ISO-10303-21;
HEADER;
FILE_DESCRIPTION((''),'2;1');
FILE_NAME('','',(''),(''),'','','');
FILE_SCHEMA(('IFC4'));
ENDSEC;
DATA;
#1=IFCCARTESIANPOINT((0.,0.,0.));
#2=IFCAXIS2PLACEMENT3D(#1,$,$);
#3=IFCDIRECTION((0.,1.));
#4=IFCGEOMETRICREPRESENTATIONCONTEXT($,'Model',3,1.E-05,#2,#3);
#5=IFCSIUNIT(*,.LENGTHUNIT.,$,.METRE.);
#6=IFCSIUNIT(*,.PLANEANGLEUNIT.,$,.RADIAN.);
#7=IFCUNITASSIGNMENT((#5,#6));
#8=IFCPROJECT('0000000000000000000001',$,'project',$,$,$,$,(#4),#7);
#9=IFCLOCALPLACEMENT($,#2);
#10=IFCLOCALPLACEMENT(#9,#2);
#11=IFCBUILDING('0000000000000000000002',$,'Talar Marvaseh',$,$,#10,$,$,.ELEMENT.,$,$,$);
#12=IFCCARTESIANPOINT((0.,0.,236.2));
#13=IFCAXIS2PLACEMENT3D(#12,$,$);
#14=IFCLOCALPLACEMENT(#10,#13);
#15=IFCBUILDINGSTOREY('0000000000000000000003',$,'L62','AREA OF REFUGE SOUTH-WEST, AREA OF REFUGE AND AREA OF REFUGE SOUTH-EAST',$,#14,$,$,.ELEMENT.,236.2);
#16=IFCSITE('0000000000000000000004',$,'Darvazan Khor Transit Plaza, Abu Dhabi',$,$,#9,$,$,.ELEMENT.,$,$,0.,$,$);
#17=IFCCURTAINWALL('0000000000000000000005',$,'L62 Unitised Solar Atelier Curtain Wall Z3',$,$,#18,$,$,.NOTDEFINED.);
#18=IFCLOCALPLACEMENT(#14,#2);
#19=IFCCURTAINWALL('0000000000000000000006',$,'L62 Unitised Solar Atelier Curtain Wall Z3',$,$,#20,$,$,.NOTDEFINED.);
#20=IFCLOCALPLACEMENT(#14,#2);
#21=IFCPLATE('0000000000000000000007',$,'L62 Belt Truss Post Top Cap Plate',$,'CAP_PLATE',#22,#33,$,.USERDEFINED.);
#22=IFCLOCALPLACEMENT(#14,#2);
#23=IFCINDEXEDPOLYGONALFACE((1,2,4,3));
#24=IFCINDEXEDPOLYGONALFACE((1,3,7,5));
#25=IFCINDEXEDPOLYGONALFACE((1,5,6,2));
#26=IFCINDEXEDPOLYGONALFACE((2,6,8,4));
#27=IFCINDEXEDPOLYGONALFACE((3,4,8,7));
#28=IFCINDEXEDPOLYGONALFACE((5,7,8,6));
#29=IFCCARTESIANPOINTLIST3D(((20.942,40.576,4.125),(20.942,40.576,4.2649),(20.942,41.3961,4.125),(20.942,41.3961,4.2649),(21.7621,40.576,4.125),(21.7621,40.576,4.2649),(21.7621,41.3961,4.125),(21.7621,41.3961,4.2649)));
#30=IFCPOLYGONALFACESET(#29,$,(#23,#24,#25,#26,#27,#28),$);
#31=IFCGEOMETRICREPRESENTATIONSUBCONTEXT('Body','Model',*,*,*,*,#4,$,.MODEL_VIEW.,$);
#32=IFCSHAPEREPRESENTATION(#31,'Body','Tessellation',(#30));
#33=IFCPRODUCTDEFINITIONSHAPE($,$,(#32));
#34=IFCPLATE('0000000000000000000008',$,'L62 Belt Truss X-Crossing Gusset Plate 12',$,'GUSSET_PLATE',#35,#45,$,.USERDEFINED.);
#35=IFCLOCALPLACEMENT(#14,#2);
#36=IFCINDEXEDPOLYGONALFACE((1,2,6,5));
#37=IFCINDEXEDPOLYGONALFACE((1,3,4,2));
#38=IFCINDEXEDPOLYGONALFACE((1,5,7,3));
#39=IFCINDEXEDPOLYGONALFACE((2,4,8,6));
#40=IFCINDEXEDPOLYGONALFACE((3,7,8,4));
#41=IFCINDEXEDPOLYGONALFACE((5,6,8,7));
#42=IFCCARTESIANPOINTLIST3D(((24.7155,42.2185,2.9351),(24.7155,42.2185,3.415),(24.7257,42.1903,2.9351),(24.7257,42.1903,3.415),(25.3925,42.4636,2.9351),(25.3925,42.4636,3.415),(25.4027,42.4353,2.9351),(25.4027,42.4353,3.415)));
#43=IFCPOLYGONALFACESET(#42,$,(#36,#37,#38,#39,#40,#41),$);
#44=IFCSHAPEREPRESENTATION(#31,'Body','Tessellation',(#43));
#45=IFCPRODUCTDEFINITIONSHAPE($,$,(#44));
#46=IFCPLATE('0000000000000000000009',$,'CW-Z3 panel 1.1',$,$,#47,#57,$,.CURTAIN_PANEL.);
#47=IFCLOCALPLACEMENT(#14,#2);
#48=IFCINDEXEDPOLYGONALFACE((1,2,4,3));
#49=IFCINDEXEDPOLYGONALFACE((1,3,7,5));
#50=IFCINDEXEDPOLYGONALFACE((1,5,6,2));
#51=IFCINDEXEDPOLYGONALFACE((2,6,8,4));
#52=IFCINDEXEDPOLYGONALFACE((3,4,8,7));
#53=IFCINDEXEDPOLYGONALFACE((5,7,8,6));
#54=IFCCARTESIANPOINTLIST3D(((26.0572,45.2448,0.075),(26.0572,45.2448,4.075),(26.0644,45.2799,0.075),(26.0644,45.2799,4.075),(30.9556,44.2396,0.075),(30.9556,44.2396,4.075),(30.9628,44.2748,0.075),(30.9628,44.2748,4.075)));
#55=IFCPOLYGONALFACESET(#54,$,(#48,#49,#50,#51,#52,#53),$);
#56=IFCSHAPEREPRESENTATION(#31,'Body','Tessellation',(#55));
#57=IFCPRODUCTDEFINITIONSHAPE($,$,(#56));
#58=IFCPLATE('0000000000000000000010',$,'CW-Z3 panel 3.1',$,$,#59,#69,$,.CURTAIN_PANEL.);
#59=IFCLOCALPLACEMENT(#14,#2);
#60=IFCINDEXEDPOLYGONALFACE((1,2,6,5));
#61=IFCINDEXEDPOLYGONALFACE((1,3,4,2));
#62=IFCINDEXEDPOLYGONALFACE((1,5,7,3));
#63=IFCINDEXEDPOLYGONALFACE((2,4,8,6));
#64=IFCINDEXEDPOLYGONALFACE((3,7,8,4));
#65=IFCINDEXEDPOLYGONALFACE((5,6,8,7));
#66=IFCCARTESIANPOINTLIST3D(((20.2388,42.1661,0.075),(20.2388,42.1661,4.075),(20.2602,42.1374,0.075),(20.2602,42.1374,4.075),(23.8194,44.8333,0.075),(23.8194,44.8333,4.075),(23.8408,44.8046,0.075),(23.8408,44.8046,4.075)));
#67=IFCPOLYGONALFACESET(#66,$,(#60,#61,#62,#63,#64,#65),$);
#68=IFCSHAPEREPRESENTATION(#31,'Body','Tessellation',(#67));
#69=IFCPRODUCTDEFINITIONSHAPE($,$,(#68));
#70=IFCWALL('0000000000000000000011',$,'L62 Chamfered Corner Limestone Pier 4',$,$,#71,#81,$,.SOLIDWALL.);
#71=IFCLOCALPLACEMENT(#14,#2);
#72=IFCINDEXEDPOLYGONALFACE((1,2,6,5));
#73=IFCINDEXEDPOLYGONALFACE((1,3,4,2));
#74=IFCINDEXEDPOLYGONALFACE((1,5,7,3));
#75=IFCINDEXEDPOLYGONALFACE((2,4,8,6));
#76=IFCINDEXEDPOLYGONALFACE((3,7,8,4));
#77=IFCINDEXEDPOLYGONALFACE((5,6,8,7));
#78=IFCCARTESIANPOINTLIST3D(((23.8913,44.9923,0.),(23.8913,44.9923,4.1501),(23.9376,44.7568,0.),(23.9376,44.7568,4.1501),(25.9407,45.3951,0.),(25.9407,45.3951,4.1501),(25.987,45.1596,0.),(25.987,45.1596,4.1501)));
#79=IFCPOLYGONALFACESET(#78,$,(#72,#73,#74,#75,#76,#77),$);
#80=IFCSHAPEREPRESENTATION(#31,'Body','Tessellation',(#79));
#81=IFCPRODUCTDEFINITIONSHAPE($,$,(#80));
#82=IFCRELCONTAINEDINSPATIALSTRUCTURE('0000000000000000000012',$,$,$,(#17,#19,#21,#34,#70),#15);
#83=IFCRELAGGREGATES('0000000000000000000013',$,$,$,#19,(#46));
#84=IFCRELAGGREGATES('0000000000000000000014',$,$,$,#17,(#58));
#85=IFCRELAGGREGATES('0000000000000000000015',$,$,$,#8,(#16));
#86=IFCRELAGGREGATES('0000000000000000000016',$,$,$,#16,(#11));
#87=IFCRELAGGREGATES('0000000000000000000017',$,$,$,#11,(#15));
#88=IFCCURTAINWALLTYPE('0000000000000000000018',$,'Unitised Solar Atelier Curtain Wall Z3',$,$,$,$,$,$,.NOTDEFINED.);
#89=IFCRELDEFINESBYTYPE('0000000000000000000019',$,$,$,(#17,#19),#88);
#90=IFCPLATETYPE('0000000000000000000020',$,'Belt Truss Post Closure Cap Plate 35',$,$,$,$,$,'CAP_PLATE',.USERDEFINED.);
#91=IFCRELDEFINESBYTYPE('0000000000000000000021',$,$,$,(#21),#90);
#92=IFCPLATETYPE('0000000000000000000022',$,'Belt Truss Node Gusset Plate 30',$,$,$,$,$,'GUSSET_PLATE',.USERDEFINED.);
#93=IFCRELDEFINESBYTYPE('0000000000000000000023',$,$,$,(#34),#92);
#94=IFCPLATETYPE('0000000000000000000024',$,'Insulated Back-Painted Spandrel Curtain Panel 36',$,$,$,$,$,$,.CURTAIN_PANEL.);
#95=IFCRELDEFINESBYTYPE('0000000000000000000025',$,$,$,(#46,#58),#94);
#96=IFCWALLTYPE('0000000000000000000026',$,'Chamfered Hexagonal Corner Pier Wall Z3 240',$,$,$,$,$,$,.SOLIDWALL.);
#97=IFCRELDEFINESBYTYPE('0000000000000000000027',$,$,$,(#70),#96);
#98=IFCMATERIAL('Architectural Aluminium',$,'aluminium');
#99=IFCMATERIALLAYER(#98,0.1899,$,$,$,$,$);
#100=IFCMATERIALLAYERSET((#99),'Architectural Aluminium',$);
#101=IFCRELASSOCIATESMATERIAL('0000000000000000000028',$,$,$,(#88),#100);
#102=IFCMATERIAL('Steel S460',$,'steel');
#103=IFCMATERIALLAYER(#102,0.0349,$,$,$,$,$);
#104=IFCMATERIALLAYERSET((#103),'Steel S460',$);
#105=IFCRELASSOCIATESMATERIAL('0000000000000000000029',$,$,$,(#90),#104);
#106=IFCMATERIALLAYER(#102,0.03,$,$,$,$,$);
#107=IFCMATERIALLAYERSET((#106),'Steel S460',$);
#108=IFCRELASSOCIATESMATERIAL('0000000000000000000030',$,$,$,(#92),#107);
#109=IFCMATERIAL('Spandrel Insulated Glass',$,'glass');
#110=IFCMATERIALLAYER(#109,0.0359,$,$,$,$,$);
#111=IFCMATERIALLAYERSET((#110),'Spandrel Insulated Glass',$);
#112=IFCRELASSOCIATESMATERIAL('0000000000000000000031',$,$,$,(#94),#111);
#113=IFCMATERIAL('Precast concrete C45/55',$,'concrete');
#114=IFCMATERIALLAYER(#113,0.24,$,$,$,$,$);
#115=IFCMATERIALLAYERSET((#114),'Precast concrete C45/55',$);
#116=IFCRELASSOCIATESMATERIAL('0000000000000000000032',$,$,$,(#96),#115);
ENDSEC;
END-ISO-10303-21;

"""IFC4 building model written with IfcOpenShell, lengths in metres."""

from ifc_helpers import new_model, si_unit, direction, frame, frame_2d, origin, origin_2d, place, context, subcontext, project, spatial, rectangle, extrude, source, transform, mapped, material, layer, layer_set, type_object, type_shapes, element, aggregate, save


model = new_model("IFC4")

# Units and contexts
model_context = context("Model", 3, precision=1e-05, world=origin(), true_north=direction((0.0, 1.0)))
body_context = subcontext(model_context, "Body", "Model", "MODEL_VIEW")
ifc_project = project(units=[si_unit("LENGTHUNIT", "METRE"), si_unit("PLANEANGLEUNIT", "RADIAN")], contexts=[model_context])

# Site, building, storey
site_placement = place(None, origin())
site = spatial("IfcSite", under=ifc_project, at=site_placement, Name="Darvazan Khor Transit Plaza, Abu Dhabi", CompositionType="ELEMENT", RefElevation=0.0)
building_placement = place(site_placement, origin())
building = spatial("IfcBuilding", under=site, at=building_placement, Name="Talar Marvaseh", CompositionType="ELEMENT")
storey_placement = place(building_placement, frame((0.0, 0.0, 236.2)))
storey = spatial("IfcBuildingStorey", under=building, at=storey_placement, Name="L62", Description="AREA OF REFUGE SOUTH-WEST, AREA OF REFUGE AND AREA OF REFUGE SOUTH-EAST", CompositionType="ELEMENT", Elevation=236.2)

# Shared definitions
ifc_material_1 = material(Name="Steel S460", Category="steel")

# Curtain walls
ifc_material_2 = material(Name="Architectural Aluminium", Category="aluminium")
ifc_layer_1 = layer(ifc_material_2, 0.1899)
ifc_layer_set_1 = layer_set([ifc_layer_1], Name="Architectural Aluminium")
curtain_wall_type = type_object("IfcCurtainWallType", Name="Unitised Solar Atelier Curtain Wall Z3", PredefinedType="NOTDEFINED", material=ifc_layer_set_1)
curtain_wall_1_placement = place(storey_placement, origin())
curtain_wall_1 = element("IfcCurtainWall", 1, at=curtain_wall_1_placement, inside=storey, type_object=curtain_wall_type, Name="L62 Unitised Solar Atelier Curtain Wall Z3", PredefinedType="NOTDEFINED")
curtain_wall_2_placement = place(storey_placement, origin())
curtain_wall_2 = element("IfcCurtainWall", 2, at=curtain_wall_2_placement, inside=storey, type_object=curtain_wall_type, Name="L62 Unitised Solar Atelier Curtain Wall Z3", PredefinedType="NOTDEFINED")

# Plates
ifc_layer_2 = layer(ifc_material_1, 0.0349)
ifc_layer_set_2 = layer_set([ifc_layer_2], Name="Steel S460")
plate_type_1 = type_object("IfcPlateType", Name="Belt Truss Post Closure Cap Plate 35", ElementType="CAP_PLATE", PredefinedType="USERDEFINED", material=ifc_layer_set_2)
shared_shape_1 = source(origin(), body_context, "Body", "SweptSolid", [
    extrude(rectangle(XDim=0.8201, YDim=0.8201, at=origin_2d()), origin(), (0.0, 0.0, 1.0), 0.1399),
])
plate_1_placement = place(storey_placement, frame((21.3521, 40.9861, 4.125), z_axis=(0.0, 0.0, 1.0), x_axis=(1.0, 0.0, 0.0)))
element("IfcPlate", 3, at=plate_1_placement, inside=storey, type_object=plate_type_1, Name="L62 Belt Truss Post Top Cap Plate", ObjectType="CAP_PLATE", PredefinedType="USERDEFINED", context=body_context, shape_type="MappedRepresentation", body=[
    mapped(shared_shape_1, transform((0.0, 0.0, 0.0), x_axis=(1.0, 0.0, 0.0), y_axis=(0.0, 1.0, 0.0), z_axis=(0.0, 0.0, 1.0), scale=1.0)),
])
ifc_layer_3 = layer(ifc_material_1, 0.03)
ifc_layer_set_3 = layer_set([ifc_layer_3], Name="Steel S460")
plate_type_2 = type_object("IfcPlateType", Name="Belt Truss Node Gusset Plate 30", ElementType="GUSSET_PLATE", PredefinedType="USERDEFINED", material=ifc_layer_set_3)
shared_shape_2 = source(origin(), body_context, "Body", "SweptSolid", [
    extrude(rectangle(XDim=0.72, YDim=0.03, at=origin_2d()), origin(), (0.0, 0.0, 1.0), 0.48),
])
type_shapes(plate_type_2, [shared_shape_2])
plate_2_placement = place(storey_placement, frame((25.0591, 42.3269, 2.9351), z_axis=(0.0, 0.0, 1.0), x_axis=(0.940288, 0.34038, 0.0)))
element("IfcPlate", 4, at=plate_2_placement, inside=storey, type_object=plate_type_2, Name="L62 Belt Truss X-Crossing Gusset Plate 12", ObjectType="GUSSET_PLATE", PredefinedType="USERDEFINED", context=body_context, shape_type="MappedRepresentation", body=[
    mapped(shared_shape_2, transform((0.0, 0.0, 0.0), x_axis=(1.0, 0.0, 0.0), y_axis=(0.0, 1.0, 0.0), z_axis=(0.0, 0.0, 1.0), scale=1.0)),
])

# Plates
ifc_material_3 = material(Name="Spandrel Insulated Glass", Category="glass")
ifc_layer_4 = layer(ifc_material_3, 0.0359)
ifc_layer_set_4 = layer_set([ifc_layer_4], Name="Spandrel Insulated Glass")
plate_type_3 = type_object("IfcPlateType", Name="Insulated Back-Painted Spandrel Curtain Panel 36", PredefinedType="CURTAIN_PANEL", material=ifc_layer_set_4)
shared_shape_3 = source(origin(), body_context, "Body", "SweptSolid", [
    extrude(rectangle(XDim=5.0005, YDim=0.0359, at=origin_2d()), origin(), (0.0, 0.0, 1.0), 4.0),
])
plate_3_placement = place(storey_placement, frame((28.51, 44.7598, 0.075), z_axis=(0.0, 0.0, 1.0), x_axis=(0.979589, -0.201011, 0.0)))
plate_3 = element("IfcPlate", 5, at=plate_3_placement, type_object=plate_type_3, Name="CW-Z3 panel 1.1", PredefinedType="CURTAIN_PANEL", context=body_context, shape_type="MappedRepresentation", body=[
    mapped(shared_shape_3, transform((0.0, 0.0, 0.0), x_axis=(1.0, 0.0, 0.0), y_axis=(0.0, 1.0, 0.0), z_axis=(0.0, 0.0, 1.0), scale=1.0)),
])
aggregate(curtain_wall_2, [plate_3])
shared_shape_4 = source(origin(), body_context, "Body", "SweptSolid", [
    extrude(rectangle(XDim=4.4648, YDim=0.0359, at=origin_2d()), origin(), (0.0, 0.0, 1.0), 4.0),
])
type_shapes(plate_type_3, [shared_shape_3, shared_shape_4])
plate_4_placement = place(storey_placement, frame((22.0398, 43.4854, 0.075), z_axis=(0.0, 0.0, 1.0), x_axis=(0.801961, 0.597376, 0.0)))
plate_4 = element("IfcPlate", 6, at=plate_4_placement, type_object=plate_type_3, Name="CW-Z3 panel 3.1", PredefinedType="CURTAIN_PANEL", context=body_context, shape_type="MappedRepresentation", body=[
    mapped(shared_shape_4, transform((0.0, 0.0, 0.0), x_axis=(1.0, 0.0, 0.0), y_axis=(0.0, 1.0, 0.0), z_axis=(0.0, 0.0, 1.0), scale=1.0)),
])
aggregate(curtain_wall_1, [plate_4])

# Wall
ifc_material_4 = material(Name="Precast concrete C45/55", Category="concrete")
ifc_layer_5 = layer(ifc_material_4, 0.24)
ifc_layer_set_5 = layer_set([ifc_layer_5], Name="Precast concrete C45/55")
wall_type = type_object("IfcWallType", Name="Chamfered Hexagonal Corner Pier Wall Z3 240", PredefinedType="SOLIDWALL", material=ifc_layer_set_5)
wall_placement = place(storey_placement, frame((23.9143, 44.8745, 0.0), z_axis=(0.0, 0.0, 1.0), x_axis=(0.981223, 0.192878, 0.0)))
element("IfcWall", 7, at=wall_placement, inside=storey, type_object=wall_type, Name="L62 Chamfered Corner Limestone Pier 4", PredefinedType="SOLIDWALL", context=body_context, shape_type="SweptSolid", body=[
    extrude(rectangle(XDim=2.0886, YDim=0.24, at=frame_2d((1.0444, 0.0))), origin(), (0.0, 0.0, 1.0), 4.1501),
])

save(model, "model.ifc")
